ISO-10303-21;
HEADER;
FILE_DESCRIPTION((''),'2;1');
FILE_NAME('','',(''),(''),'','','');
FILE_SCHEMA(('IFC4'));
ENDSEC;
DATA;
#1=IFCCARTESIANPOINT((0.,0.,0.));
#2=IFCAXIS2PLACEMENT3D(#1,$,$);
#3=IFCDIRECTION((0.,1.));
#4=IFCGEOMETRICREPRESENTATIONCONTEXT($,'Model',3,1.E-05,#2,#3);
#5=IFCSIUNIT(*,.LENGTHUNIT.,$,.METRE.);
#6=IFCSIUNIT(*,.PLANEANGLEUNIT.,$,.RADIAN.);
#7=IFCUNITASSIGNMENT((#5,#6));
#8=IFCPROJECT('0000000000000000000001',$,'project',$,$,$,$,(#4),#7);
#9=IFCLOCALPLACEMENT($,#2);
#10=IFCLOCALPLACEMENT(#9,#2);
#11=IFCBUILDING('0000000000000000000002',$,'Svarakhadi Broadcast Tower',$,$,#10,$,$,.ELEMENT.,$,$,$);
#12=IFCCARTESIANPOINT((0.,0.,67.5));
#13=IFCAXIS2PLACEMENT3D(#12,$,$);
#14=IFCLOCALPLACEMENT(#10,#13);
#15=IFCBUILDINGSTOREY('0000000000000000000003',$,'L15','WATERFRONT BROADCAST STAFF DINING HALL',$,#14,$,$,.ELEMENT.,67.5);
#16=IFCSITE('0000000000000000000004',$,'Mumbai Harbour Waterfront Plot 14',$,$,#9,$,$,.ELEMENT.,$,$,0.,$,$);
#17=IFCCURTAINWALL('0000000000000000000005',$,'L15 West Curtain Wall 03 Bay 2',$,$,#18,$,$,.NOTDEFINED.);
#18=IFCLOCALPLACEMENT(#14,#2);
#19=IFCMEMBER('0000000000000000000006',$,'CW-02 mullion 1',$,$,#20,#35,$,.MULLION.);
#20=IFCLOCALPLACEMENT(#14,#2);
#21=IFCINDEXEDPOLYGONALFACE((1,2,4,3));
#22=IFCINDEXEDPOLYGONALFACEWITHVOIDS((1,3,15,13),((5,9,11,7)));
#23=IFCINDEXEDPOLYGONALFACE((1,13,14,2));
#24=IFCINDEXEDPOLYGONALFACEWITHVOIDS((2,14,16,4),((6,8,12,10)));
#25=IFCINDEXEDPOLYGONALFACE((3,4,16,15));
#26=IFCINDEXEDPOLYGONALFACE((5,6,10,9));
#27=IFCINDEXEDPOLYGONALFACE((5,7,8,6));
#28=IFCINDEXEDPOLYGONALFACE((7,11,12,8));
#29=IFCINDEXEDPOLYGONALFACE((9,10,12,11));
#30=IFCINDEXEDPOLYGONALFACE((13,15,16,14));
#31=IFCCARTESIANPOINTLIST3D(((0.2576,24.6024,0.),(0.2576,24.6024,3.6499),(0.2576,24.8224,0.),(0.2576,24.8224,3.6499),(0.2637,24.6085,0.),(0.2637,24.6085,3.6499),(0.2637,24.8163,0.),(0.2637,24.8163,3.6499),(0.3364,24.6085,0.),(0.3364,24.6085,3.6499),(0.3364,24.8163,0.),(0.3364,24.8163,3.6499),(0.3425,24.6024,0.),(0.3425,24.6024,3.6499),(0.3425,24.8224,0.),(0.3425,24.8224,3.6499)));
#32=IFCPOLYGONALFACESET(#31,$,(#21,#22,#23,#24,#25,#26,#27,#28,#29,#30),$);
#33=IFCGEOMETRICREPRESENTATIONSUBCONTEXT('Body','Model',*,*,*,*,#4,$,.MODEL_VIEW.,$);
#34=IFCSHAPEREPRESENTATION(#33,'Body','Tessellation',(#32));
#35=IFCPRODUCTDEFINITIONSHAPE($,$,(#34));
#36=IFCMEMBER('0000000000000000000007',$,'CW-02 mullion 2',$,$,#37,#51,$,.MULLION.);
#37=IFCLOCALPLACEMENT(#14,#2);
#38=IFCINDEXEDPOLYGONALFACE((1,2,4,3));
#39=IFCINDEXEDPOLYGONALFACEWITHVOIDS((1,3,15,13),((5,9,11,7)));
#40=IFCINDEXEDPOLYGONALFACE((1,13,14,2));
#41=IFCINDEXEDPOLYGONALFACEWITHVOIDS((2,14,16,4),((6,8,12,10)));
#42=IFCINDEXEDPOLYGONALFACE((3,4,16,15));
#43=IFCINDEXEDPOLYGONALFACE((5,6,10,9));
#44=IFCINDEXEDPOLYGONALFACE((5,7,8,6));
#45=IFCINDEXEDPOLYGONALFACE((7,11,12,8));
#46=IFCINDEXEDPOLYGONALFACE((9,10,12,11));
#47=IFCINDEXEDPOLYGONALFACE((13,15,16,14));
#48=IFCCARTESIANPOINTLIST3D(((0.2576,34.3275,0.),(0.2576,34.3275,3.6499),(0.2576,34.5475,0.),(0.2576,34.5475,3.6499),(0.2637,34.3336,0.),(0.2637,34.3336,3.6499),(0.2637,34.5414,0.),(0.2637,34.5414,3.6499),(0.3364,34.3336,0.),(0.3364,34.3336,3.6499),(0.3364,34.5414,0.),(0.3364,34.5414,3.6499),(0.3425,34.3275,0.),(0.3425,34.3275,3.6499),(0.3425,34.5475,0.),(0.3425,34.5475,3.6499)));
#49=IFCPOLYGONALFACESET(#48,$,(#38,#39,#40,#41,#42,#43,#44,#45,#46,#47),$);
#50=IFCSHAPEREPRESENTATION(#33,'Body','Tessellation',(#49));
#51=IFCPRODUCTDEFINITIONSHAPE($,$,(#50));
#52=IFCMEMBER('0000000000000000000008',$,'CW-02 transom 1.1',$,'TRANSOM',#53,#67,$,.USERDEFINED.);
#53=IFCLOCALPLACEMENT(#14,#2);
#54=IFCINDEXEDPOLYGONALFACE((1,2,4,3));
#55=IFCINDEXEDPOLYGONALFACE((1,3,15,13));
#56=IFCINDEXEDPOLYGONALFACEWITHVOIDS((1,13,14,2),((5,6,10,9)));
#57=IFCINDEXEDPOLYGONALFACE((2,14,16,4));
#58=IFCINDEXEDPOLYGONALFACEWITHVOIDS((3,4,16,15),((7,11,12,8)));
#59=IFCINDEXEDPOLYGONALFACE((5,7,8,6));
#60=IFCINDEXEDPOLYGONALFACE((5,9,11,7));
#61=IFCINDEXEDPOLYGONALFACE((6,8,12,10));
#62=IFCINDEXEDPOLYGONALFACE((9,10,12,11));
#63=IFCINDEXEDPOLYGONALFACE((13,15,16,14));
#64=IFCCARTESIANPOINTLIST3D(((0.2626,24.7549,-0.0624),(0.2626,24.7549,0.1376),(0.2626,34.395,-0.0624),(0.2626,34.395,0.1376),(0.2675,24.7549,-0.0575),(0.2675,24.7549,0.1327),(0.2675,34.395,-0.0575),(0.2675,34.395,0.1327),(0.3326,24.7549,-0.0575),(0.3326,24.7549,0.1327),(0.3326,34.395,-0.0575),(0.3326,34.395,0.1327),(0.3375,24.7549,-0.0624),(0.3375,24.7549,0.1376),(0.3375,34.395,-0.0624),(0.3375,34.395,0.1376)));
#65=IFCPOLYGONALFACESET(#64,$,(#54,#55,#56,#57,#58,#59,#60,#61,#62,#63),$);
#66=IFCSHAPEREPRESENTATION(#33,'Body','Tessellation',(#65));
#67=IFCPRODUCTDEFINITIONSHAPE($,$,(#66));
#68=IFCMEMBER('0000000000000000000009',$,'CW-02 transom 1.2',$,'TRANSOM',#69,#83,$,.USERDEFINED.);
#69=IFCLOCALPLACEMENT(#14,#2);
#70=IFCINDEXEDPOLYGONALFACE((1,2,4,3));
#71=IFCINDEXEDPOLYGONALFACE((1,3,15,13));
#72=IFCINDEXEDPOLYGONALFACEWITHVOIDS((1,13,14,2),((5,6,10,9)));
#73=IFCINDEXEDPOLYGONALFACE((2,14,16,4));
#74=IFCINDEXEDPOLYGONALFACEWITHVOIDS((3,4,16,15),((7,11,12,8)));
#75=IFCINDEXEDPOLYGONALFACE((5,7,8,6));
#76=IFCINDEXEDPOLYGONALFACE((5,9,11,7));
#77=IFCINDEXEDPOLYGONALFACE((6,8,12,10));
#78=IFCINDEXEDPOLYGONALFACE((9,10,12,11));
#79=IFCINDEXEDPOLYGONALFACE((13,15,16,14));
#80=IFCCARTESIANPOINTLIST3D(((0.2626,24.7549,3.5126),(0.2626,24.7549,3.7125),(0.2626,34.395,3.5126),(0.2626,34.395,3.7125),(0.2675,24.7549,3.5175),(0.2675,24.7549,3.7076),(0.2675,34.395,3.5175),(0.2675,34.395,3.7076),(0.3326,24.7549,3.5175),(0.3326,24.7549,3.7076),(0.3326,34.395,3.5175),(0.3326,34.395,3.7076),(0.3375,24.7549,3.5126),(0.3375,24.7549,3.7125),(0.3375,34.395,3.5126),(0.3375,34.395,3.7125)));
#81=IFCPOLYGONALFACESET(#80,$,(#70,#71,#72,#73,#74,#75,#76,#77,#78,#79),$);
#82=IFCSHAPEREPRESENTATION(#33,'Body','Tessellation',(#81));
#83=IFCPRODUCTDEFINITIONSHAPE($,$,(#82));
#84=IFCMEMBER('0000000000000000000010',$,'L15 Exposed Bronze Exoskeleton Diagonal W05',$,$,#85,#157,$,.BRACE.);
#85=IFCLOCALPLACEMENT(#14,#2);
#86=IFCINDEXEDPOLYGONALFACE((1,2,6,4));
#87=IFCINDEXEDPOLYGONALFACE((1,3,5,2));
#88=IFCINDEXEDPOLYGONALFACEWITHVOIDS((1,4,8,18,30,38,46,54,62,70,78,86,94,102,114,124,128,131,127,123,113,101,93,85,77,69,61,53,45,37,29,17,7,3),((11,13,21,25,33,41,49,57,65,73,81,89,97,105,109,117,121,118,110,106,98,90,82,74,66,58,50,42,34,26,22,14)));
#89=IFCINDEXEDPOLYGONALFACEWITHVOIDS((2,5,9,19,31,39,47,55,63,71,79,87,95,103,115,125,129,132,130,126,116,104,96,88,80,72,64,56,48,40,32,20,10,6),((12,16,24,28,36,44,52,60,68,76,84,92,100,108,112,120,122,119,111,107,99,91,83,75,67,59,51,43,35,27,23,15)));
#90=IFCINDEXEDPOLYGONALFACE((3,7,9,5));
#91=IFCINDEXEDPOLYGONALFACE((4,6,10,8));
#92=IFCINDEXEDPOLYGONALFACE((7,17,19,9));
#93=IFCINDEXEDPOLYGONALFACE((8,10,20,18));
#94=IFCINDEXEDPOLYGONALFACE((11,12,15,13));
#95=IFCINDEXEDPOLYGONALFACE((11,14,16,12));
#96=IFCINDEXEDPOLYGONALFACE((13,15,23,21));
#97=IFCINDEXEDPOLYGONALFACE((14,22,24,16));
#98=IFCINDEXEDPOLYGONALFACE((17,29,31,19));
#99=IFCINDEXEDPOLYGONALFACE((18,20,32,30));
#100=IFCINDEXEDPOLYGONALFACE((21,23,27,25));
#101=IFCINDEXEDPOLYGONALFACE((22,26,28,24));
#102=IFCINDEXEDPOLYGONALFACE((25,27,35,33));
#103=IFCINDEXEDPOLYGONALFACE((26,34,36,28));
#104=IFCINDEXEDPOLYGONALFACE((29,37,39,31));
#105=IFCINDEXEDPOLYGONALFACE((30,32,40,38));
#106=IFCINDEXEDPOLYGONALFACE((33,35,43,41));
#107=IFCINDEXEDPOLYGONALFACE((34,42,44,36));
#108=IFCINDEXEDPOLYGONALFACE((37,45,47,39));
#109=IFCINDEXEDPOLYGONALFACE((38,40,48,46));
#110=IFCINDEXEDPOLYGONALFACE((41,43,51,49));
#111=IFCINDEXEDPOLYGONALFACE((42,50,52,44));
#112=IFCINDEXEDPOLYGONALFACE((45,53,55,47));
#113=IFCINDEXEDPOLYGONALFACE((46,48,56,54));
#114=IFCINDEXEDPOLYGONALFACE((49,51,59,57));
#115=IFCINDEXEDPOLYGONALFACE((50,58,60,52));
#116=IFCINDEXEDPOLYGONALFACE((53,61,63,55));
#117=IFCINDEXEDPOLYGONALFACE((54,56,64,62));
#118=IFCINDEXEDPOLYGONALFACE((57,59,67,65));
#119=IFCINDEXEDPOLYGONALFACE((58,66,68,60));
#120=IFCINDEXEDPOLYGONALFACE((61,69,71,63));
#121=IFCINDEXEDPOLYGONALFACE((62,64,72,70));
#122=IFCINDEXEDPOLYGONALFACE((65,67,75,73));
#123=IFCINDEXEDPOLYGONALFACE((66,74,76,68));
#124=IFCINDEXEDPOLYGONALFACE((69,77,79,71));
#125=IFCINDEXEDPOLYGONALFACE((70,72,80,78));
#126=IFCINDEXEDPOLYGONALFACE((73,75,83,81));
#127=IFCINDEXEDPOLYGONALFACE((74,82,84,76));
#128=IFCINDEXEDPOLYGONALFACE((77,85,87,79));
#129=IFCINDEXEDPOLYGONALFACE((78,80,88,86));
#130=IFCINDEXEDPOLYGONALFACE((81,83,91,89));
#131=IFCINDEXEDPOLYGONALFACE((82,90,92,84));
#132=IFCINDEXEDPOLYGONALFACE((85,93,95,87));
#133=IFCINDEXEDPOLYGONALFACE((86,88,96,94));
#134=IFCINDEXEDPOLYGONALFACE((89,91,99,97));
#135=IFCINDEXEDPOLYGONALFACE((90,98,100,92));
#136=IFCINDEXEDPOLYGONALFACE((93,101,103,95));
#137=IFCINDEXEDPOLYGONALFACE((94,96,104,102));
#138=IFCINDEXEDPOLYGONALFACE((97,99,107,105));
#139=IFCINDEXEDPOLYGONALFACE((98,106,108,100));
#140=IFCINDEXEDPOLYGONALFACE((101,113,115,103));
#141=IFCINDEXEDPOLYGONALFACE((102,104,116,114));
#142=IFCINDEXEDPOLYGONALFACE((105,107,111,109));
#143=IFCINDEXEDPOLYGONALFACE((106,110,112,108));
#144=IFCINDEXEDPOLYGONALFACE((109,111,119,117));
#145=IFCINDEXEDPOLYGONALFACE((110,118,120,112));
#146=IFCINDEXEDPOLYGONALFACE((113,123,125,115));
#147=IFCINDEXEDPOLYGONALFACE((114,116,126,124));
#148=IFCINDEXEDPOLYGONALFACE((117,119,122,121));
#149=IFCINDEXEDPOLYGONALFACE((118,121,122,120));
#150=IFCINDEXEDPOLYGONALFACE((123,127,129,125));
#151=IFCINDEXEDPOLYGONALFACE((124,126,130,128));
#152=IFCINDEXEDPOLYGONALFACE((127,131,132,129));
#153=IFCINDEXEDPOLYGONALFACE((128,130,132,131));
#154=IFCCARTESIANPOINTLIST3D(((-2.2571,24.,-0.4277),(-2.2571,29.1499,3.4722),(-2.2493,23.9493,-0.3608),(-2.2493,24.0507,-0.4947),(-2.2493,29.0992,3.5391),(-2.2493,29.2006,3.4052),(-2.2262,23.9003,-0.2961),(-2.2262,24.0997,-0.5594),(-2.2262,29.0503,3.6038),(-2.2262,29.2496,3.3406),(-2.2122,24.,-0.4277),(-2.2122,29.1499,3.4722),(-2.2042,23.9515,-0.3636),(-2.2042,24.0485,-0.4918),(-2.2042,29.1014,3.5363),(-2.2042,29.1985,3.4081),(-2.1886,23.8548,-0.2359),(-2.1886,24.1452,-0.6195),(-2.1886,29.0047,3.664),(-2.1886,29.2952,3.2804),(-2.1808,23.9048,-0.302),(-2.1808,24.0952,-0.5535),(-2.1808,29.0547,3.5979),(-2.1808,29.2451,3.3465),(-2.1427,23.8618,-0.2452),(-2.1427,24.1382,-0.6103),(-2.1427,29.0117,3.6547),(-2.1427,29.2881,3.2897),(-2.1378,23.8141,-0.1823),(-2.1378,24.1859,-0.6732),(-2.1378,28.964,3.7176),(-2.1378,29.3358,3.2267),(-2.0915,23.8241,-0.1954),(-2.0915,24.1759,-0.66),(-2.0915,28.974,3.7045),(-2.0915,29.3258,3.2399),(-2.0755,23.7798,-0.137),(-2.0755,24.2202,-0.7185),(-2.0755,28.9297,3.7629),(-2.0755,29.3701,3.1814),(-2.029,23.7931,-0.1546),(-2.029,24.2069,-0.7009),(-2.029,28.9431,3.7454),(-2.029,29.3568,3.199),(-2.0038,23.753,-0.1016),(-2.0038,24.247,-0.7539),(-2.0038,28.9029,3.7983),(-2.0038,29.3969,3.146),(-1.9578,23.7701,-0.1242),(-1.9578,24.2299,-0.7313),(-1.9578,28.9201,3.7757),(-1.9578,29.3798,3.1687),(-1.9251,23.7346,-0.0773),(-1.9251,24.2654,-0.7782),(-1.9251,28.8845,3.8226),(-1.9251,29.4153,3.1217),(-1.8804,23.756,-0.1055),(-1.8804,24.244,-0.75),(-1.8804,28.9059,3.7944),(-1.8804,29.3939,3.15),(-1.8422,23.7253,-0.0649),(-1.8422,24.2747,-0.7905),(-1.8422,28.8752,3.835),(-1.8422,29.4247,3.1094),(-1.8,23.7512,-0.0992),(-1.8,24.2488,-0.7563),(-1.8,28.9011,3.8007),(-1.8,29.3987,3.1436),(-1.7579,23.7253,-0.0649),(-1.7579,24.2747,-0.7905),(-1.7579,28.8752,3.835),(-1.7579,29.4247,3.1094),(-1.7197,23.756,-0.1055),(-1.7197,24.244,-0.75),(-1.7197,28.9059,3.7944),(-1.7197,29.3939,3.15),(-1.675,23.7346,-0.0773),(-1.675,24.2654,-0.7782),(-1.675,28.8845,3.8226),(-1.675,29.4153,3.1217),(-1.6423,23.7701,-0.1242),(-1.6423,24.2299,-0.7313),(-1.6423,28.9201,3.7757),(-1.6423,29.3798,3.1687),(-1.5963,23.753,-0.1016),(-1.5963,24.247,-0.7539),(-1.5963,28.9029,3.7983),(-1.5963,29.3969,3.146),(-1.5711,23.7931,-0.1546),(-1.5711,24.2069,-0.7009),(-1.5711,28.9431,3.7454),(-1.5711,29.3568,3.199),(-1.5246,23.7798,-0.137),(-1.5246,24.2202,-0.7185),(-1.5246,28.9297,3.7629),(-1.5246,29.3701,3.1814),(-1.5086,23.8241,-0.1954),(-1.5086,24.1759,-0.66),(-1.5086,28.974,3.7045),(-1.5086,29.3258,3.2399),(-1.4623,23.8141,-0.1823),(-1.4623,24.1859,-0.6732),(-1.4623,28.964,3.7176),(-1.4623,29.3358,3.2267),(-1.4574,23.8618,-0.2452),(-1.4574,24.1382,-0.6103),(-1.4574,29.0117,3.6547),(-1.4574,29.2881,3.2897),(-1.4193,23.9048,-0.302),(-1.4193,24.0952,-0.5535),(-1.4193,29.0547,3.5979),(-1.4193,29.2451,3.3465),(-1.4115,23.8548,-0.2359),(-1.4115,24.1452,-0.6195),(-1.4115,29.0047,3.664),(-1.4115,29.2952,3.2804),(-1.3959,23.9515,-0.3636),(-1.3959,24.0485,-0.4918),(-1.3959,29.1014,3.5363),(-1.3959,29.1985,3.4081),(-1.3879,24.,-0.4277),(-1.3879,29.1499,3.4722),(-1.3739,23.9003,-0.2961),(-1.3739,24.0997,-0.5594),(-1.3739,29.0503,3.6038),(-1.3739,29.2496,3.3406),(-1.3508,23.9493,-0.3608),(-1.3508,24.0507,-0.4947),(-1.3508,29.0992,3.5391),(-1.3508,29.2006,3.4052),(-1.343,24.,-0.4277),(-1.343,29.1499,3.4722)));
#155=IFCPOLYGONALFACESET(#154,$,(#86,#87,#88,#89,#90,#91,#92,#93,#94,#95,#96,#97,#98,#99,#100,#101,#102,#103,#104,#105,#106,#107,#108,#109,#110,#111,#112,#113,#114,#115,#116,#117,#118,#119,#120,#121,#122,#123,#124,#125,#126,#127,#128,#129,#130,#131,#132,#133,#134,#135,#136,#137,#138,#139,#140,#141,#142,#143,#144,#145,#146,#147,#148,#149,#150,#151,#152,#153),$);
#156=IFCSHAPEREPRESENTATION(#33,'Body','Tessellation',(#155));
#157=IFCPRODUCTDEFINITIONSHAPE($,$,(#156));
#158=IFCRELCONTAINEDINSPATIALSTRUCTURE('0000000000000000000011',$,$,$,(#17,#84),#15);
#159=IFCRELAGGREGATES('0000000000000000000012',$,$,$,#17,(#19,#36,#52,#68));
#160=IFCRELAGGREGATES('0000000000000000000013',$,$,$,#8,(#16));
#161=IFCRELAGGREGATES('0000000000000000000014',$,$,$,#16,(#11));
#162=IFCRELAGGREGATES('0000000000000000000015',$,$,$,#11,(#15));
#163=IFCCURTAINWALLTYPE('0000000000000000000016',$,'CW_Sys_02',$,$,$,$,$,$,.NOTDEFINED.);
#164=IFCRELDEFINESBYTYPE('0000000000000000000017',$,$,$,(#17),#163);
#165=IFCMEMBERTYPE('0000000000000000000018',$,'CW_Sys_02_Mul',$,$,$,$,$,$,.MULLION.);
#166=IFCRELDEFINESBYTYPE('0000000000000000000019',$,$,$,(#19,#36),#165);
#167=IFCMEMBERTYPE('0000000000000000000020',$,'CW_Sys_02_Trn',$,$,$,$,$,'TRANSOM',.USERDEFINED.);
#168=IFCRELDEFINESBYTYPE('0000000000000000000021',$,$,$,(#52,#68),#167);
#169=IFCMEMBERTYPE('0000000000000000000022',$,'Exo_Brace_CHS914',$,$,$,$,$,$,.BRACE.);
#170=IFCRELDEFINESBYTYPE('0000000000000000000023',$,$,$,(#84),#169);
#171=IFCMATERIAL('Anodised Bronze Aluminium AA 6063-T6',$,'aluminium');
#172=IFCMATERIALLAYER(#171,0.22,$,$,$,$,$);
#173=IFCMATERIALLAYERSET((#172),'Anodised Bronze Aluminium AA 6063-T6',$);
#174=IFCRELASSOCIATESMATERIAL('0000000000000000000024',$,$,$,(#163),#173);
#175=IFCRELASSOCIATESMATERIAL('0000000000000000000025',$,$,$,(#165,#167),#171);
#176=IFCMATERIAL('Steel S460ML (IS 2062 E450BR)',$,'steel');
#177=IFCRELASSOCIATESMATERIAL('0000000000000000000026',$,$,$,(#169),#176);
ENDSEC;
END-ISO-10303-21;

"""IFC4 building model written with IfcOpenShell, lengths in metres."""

from ifc_helpers import new_model, si_unit, direction, frame, origin, origin_2d, place, context, subcontext, project, spatial, hollow_rectangle, hollow_circle, extrude, material, layer, layer_set, material_profile, profile_set, type_object, element, aggregate, save


model = new_model("IFC4")

# Units and contexts
model_context = context("Model", 3, precision=1e-05, world=origin(), true_north=direction((0.0, 1.0)))
body_context = subcontext(model_context, "Body", "Model", "MODEL_VIEW")
ifc_project = project(units=[si_unit("LENGTHUNIT", "METRE"), si_unit("PLANEANGLEUNIT", "RADIAN")], contexts=[model_context])

# Site, building, storey
site_placement = place(None, origin())
site = spatial("IfcSite", under=ifc_project, at=site_placement, Name="Mumbai Harbour Waterfront Plot 14", CompositionType="ELEMENT", RefElevation=0.0)
building_placement = place(site_placement, origin())
building = spatial("IfcBuilding", under=site, at=building_placement, Name="Svarakhadi Broadcast Tower", CompositionType="ELEMENT")
storey_placement = place(building_placement, frame((0.0, 0.0, 67.5)))
storey = spatial("IfcBuildingStorey", under=building, at=storey_placement, Name="L15", Description="WATERFRONT BROADCAST STAFF DINING HALL", CompositionType="ELEMENT", Elevation=67.5)

# Shared definitions
ifc_material_1 = material(Name="Steel S460ML (IS 2062 E450BR)", Category="steel")

# Curtain wall, members
ifc_material_2 = material(Name="Anodised Bronze Aluminium AA 6063-T6", Category="aluminium")
ifc_layer_1 = layer(ifc_material_2, 0.22)
ifc_layer_set_1 = layer_set([ifc_layer_1], Name="Anodised Bronze Aluminium AA 6063-T6")
curtain_wall_type = type_object("IfcCurtainWallType", Name="CW_Sys_02", PredefinedType="NOTDEFINED", material=ifc_layer_set_1)
curtain_wall_placement = place(storey_placement, origin())
curtain_wall = element("IfcCurtainWall", 1, at=curtain_wall_placement, inside=storey, type_object=curtain_wall_type, Name="L15 West Curtain Wall 03 Bay 2", PredefinedType="NOTDEFINED")
ifc_material_profile_1 = material_profile(ifc_material_2, hollow_rectangle(XDim=0.085, YDim=0.22, WallThickness=0.0061, at=origin_2d()), Name="ALU MULLION 220x85x6")
ifc_profile_set_1 = profile_set([ifc_material_profile_1], Name="Anodised Bronze Aluminium AA 6063-T6")
member_type_1 = type_object("IfcMemberType", Name="CW_Sys_02_Mul", PredefinedType="MULLION", material=ifc_profile_set_1)
member_1_placement = place(storey_placement, frame((0.3, 24.7124, 0.0), z_axis=(0.0, 0.0, 1.0), x_axis=(-1.0, 0.0, 0.0)))
member_1 = element("IfcMember", 2, at=member_1_placement, type_object=member_type_1, Name="CW-02 mullion 1", PredefinedType="MULLION", context=body_context, shape_type="SweptSolid", body=[
    extrude(hollow_rectangle(XDim=0.085, YDim=0.22, WallThickness=0.0061, at=origin_2d()), origin(), (0.0, 0.0, 1.0), 3.6499),
])
member_2_placement = place(storey_placement, frame((0.3, 34.4375, 0.0), z_axis=(0.0, 0.0, 1.0), x_axis=(-1.0, 0.0, 0.0)))
member_2 = element("IfcMember", 3, at=member_2_placement, type_object=member_type_1, Name="CW-02 mullion 2", PredefinedType="MULLION", context=body_context, shape_type="SweptSolid", body=[
    extrude(hollow_rectangle(XDim=0.085, YDim=0.22, WallThickness=0.0061, at=origin_2d()), origin(), (0.0, 0.0, 1.0), 3.6499),
])
ifc_material_profile_2 = material_profile(ifc_material_2, hollow_rectangle(XDim=0.075, YDim=0.2, WallThickness=0.0049, at=origin_2d()), Name="ALU TRANSOM 200x75x5")
ifc_profile_set_2 = profile_set([ifc_material_profile_2], Name="Anodised Bronze Aluminium AA 6063-T6")
member_type_2 = type_object("IfcMemberType", Name="CW_Sys_02_Trn", ElementType="TRANSOM", PredefinedType="USERDEFINED", material=ifc_profile_set_2)
member_3_placement = place(storey_placement, frame((0.3, 24.7549, 0.0376), z_axis=(0.0, 1.0, 0.0), x_axis=(-1.0, 0.0, 0.0)))
member_3 = element("IfcMember", 4, at=member_3_placement, type_object=member_type_2, Name="CW-02 transom 1.1", ObjectType="TRANSOM", PredefinedType="USERDEFINED", context=body_context, shape_type="SweptSolid", body=[
    extrude(hollow_rectangle(XDim=0.075, YDim=0.2, WallThickness=0.0049, at=origin_2d()), origin(), (0.0, 0.0, 1.0), 9.6401),
])
member_4_placement = place(storey_placement, frame((0.3, 24.7549, 3.6125), z_axis=(0.0, 1.0, 0.0), x_axis=(-1.0, 0.0, 0.0)))
member_4 = element("IfcMember", 5, at=member_4_placement, type_object=member_type_2, Name="CW-02 transom 1.2", ObjectType="TRANSOM", PredefinedType="USERDEFINED", context=body_context, shape_type="SweptSolid", body=[
    extrude(hollow_rectangle(XDim=0.075, YDim=0.2, WallThickness=0.0049, at=origin_2d()), origin(), (0.0, 0.0, 1.0), 9.6401),
])

# Member
ifc_material_profile_3 = material_profile(ifc_material_1, hollow_circle(Radius=0.457, WallThickness=0.0449, at=origin_2d()), Name="CHS 914x45")
ifc_profile_set_3 = profile_set([ifc_material_profile_3], Name="Steel S460ML (IS 2062 E450BR)")
member_type_3 = type_object("IfcMemberType", Name="Exo_Brace_CHS914", PredefinedType="BRACE", material=ifc_profile_set_3)
member_5_placement = place(storey_placement, frame((-1.8, 24.0, -0.4277), z_axis=(0.0, 0.797207, 0.603706), x_axis=(-1.0, 0.0, 0.0)))
element("IfcMember", 6, at=member_5_placement, inside=storey, type_object=member_type_3, Name="L15 Exposed Bronze Exoskeleton Diagonal W05", PredefinedType="BRACE", context=body_context, shape_type="SweptSolid", body=[
    extrude(hollow_circle(Radius=0.457, WallThickness=0.0449, at=origin_2d()), origin(), (0.0, 0.0, 1.0), 6.46),
])

aggregate(curtain_wall, [member_1, member_2, member_3, member_4])

save(model, "model.ifc")
